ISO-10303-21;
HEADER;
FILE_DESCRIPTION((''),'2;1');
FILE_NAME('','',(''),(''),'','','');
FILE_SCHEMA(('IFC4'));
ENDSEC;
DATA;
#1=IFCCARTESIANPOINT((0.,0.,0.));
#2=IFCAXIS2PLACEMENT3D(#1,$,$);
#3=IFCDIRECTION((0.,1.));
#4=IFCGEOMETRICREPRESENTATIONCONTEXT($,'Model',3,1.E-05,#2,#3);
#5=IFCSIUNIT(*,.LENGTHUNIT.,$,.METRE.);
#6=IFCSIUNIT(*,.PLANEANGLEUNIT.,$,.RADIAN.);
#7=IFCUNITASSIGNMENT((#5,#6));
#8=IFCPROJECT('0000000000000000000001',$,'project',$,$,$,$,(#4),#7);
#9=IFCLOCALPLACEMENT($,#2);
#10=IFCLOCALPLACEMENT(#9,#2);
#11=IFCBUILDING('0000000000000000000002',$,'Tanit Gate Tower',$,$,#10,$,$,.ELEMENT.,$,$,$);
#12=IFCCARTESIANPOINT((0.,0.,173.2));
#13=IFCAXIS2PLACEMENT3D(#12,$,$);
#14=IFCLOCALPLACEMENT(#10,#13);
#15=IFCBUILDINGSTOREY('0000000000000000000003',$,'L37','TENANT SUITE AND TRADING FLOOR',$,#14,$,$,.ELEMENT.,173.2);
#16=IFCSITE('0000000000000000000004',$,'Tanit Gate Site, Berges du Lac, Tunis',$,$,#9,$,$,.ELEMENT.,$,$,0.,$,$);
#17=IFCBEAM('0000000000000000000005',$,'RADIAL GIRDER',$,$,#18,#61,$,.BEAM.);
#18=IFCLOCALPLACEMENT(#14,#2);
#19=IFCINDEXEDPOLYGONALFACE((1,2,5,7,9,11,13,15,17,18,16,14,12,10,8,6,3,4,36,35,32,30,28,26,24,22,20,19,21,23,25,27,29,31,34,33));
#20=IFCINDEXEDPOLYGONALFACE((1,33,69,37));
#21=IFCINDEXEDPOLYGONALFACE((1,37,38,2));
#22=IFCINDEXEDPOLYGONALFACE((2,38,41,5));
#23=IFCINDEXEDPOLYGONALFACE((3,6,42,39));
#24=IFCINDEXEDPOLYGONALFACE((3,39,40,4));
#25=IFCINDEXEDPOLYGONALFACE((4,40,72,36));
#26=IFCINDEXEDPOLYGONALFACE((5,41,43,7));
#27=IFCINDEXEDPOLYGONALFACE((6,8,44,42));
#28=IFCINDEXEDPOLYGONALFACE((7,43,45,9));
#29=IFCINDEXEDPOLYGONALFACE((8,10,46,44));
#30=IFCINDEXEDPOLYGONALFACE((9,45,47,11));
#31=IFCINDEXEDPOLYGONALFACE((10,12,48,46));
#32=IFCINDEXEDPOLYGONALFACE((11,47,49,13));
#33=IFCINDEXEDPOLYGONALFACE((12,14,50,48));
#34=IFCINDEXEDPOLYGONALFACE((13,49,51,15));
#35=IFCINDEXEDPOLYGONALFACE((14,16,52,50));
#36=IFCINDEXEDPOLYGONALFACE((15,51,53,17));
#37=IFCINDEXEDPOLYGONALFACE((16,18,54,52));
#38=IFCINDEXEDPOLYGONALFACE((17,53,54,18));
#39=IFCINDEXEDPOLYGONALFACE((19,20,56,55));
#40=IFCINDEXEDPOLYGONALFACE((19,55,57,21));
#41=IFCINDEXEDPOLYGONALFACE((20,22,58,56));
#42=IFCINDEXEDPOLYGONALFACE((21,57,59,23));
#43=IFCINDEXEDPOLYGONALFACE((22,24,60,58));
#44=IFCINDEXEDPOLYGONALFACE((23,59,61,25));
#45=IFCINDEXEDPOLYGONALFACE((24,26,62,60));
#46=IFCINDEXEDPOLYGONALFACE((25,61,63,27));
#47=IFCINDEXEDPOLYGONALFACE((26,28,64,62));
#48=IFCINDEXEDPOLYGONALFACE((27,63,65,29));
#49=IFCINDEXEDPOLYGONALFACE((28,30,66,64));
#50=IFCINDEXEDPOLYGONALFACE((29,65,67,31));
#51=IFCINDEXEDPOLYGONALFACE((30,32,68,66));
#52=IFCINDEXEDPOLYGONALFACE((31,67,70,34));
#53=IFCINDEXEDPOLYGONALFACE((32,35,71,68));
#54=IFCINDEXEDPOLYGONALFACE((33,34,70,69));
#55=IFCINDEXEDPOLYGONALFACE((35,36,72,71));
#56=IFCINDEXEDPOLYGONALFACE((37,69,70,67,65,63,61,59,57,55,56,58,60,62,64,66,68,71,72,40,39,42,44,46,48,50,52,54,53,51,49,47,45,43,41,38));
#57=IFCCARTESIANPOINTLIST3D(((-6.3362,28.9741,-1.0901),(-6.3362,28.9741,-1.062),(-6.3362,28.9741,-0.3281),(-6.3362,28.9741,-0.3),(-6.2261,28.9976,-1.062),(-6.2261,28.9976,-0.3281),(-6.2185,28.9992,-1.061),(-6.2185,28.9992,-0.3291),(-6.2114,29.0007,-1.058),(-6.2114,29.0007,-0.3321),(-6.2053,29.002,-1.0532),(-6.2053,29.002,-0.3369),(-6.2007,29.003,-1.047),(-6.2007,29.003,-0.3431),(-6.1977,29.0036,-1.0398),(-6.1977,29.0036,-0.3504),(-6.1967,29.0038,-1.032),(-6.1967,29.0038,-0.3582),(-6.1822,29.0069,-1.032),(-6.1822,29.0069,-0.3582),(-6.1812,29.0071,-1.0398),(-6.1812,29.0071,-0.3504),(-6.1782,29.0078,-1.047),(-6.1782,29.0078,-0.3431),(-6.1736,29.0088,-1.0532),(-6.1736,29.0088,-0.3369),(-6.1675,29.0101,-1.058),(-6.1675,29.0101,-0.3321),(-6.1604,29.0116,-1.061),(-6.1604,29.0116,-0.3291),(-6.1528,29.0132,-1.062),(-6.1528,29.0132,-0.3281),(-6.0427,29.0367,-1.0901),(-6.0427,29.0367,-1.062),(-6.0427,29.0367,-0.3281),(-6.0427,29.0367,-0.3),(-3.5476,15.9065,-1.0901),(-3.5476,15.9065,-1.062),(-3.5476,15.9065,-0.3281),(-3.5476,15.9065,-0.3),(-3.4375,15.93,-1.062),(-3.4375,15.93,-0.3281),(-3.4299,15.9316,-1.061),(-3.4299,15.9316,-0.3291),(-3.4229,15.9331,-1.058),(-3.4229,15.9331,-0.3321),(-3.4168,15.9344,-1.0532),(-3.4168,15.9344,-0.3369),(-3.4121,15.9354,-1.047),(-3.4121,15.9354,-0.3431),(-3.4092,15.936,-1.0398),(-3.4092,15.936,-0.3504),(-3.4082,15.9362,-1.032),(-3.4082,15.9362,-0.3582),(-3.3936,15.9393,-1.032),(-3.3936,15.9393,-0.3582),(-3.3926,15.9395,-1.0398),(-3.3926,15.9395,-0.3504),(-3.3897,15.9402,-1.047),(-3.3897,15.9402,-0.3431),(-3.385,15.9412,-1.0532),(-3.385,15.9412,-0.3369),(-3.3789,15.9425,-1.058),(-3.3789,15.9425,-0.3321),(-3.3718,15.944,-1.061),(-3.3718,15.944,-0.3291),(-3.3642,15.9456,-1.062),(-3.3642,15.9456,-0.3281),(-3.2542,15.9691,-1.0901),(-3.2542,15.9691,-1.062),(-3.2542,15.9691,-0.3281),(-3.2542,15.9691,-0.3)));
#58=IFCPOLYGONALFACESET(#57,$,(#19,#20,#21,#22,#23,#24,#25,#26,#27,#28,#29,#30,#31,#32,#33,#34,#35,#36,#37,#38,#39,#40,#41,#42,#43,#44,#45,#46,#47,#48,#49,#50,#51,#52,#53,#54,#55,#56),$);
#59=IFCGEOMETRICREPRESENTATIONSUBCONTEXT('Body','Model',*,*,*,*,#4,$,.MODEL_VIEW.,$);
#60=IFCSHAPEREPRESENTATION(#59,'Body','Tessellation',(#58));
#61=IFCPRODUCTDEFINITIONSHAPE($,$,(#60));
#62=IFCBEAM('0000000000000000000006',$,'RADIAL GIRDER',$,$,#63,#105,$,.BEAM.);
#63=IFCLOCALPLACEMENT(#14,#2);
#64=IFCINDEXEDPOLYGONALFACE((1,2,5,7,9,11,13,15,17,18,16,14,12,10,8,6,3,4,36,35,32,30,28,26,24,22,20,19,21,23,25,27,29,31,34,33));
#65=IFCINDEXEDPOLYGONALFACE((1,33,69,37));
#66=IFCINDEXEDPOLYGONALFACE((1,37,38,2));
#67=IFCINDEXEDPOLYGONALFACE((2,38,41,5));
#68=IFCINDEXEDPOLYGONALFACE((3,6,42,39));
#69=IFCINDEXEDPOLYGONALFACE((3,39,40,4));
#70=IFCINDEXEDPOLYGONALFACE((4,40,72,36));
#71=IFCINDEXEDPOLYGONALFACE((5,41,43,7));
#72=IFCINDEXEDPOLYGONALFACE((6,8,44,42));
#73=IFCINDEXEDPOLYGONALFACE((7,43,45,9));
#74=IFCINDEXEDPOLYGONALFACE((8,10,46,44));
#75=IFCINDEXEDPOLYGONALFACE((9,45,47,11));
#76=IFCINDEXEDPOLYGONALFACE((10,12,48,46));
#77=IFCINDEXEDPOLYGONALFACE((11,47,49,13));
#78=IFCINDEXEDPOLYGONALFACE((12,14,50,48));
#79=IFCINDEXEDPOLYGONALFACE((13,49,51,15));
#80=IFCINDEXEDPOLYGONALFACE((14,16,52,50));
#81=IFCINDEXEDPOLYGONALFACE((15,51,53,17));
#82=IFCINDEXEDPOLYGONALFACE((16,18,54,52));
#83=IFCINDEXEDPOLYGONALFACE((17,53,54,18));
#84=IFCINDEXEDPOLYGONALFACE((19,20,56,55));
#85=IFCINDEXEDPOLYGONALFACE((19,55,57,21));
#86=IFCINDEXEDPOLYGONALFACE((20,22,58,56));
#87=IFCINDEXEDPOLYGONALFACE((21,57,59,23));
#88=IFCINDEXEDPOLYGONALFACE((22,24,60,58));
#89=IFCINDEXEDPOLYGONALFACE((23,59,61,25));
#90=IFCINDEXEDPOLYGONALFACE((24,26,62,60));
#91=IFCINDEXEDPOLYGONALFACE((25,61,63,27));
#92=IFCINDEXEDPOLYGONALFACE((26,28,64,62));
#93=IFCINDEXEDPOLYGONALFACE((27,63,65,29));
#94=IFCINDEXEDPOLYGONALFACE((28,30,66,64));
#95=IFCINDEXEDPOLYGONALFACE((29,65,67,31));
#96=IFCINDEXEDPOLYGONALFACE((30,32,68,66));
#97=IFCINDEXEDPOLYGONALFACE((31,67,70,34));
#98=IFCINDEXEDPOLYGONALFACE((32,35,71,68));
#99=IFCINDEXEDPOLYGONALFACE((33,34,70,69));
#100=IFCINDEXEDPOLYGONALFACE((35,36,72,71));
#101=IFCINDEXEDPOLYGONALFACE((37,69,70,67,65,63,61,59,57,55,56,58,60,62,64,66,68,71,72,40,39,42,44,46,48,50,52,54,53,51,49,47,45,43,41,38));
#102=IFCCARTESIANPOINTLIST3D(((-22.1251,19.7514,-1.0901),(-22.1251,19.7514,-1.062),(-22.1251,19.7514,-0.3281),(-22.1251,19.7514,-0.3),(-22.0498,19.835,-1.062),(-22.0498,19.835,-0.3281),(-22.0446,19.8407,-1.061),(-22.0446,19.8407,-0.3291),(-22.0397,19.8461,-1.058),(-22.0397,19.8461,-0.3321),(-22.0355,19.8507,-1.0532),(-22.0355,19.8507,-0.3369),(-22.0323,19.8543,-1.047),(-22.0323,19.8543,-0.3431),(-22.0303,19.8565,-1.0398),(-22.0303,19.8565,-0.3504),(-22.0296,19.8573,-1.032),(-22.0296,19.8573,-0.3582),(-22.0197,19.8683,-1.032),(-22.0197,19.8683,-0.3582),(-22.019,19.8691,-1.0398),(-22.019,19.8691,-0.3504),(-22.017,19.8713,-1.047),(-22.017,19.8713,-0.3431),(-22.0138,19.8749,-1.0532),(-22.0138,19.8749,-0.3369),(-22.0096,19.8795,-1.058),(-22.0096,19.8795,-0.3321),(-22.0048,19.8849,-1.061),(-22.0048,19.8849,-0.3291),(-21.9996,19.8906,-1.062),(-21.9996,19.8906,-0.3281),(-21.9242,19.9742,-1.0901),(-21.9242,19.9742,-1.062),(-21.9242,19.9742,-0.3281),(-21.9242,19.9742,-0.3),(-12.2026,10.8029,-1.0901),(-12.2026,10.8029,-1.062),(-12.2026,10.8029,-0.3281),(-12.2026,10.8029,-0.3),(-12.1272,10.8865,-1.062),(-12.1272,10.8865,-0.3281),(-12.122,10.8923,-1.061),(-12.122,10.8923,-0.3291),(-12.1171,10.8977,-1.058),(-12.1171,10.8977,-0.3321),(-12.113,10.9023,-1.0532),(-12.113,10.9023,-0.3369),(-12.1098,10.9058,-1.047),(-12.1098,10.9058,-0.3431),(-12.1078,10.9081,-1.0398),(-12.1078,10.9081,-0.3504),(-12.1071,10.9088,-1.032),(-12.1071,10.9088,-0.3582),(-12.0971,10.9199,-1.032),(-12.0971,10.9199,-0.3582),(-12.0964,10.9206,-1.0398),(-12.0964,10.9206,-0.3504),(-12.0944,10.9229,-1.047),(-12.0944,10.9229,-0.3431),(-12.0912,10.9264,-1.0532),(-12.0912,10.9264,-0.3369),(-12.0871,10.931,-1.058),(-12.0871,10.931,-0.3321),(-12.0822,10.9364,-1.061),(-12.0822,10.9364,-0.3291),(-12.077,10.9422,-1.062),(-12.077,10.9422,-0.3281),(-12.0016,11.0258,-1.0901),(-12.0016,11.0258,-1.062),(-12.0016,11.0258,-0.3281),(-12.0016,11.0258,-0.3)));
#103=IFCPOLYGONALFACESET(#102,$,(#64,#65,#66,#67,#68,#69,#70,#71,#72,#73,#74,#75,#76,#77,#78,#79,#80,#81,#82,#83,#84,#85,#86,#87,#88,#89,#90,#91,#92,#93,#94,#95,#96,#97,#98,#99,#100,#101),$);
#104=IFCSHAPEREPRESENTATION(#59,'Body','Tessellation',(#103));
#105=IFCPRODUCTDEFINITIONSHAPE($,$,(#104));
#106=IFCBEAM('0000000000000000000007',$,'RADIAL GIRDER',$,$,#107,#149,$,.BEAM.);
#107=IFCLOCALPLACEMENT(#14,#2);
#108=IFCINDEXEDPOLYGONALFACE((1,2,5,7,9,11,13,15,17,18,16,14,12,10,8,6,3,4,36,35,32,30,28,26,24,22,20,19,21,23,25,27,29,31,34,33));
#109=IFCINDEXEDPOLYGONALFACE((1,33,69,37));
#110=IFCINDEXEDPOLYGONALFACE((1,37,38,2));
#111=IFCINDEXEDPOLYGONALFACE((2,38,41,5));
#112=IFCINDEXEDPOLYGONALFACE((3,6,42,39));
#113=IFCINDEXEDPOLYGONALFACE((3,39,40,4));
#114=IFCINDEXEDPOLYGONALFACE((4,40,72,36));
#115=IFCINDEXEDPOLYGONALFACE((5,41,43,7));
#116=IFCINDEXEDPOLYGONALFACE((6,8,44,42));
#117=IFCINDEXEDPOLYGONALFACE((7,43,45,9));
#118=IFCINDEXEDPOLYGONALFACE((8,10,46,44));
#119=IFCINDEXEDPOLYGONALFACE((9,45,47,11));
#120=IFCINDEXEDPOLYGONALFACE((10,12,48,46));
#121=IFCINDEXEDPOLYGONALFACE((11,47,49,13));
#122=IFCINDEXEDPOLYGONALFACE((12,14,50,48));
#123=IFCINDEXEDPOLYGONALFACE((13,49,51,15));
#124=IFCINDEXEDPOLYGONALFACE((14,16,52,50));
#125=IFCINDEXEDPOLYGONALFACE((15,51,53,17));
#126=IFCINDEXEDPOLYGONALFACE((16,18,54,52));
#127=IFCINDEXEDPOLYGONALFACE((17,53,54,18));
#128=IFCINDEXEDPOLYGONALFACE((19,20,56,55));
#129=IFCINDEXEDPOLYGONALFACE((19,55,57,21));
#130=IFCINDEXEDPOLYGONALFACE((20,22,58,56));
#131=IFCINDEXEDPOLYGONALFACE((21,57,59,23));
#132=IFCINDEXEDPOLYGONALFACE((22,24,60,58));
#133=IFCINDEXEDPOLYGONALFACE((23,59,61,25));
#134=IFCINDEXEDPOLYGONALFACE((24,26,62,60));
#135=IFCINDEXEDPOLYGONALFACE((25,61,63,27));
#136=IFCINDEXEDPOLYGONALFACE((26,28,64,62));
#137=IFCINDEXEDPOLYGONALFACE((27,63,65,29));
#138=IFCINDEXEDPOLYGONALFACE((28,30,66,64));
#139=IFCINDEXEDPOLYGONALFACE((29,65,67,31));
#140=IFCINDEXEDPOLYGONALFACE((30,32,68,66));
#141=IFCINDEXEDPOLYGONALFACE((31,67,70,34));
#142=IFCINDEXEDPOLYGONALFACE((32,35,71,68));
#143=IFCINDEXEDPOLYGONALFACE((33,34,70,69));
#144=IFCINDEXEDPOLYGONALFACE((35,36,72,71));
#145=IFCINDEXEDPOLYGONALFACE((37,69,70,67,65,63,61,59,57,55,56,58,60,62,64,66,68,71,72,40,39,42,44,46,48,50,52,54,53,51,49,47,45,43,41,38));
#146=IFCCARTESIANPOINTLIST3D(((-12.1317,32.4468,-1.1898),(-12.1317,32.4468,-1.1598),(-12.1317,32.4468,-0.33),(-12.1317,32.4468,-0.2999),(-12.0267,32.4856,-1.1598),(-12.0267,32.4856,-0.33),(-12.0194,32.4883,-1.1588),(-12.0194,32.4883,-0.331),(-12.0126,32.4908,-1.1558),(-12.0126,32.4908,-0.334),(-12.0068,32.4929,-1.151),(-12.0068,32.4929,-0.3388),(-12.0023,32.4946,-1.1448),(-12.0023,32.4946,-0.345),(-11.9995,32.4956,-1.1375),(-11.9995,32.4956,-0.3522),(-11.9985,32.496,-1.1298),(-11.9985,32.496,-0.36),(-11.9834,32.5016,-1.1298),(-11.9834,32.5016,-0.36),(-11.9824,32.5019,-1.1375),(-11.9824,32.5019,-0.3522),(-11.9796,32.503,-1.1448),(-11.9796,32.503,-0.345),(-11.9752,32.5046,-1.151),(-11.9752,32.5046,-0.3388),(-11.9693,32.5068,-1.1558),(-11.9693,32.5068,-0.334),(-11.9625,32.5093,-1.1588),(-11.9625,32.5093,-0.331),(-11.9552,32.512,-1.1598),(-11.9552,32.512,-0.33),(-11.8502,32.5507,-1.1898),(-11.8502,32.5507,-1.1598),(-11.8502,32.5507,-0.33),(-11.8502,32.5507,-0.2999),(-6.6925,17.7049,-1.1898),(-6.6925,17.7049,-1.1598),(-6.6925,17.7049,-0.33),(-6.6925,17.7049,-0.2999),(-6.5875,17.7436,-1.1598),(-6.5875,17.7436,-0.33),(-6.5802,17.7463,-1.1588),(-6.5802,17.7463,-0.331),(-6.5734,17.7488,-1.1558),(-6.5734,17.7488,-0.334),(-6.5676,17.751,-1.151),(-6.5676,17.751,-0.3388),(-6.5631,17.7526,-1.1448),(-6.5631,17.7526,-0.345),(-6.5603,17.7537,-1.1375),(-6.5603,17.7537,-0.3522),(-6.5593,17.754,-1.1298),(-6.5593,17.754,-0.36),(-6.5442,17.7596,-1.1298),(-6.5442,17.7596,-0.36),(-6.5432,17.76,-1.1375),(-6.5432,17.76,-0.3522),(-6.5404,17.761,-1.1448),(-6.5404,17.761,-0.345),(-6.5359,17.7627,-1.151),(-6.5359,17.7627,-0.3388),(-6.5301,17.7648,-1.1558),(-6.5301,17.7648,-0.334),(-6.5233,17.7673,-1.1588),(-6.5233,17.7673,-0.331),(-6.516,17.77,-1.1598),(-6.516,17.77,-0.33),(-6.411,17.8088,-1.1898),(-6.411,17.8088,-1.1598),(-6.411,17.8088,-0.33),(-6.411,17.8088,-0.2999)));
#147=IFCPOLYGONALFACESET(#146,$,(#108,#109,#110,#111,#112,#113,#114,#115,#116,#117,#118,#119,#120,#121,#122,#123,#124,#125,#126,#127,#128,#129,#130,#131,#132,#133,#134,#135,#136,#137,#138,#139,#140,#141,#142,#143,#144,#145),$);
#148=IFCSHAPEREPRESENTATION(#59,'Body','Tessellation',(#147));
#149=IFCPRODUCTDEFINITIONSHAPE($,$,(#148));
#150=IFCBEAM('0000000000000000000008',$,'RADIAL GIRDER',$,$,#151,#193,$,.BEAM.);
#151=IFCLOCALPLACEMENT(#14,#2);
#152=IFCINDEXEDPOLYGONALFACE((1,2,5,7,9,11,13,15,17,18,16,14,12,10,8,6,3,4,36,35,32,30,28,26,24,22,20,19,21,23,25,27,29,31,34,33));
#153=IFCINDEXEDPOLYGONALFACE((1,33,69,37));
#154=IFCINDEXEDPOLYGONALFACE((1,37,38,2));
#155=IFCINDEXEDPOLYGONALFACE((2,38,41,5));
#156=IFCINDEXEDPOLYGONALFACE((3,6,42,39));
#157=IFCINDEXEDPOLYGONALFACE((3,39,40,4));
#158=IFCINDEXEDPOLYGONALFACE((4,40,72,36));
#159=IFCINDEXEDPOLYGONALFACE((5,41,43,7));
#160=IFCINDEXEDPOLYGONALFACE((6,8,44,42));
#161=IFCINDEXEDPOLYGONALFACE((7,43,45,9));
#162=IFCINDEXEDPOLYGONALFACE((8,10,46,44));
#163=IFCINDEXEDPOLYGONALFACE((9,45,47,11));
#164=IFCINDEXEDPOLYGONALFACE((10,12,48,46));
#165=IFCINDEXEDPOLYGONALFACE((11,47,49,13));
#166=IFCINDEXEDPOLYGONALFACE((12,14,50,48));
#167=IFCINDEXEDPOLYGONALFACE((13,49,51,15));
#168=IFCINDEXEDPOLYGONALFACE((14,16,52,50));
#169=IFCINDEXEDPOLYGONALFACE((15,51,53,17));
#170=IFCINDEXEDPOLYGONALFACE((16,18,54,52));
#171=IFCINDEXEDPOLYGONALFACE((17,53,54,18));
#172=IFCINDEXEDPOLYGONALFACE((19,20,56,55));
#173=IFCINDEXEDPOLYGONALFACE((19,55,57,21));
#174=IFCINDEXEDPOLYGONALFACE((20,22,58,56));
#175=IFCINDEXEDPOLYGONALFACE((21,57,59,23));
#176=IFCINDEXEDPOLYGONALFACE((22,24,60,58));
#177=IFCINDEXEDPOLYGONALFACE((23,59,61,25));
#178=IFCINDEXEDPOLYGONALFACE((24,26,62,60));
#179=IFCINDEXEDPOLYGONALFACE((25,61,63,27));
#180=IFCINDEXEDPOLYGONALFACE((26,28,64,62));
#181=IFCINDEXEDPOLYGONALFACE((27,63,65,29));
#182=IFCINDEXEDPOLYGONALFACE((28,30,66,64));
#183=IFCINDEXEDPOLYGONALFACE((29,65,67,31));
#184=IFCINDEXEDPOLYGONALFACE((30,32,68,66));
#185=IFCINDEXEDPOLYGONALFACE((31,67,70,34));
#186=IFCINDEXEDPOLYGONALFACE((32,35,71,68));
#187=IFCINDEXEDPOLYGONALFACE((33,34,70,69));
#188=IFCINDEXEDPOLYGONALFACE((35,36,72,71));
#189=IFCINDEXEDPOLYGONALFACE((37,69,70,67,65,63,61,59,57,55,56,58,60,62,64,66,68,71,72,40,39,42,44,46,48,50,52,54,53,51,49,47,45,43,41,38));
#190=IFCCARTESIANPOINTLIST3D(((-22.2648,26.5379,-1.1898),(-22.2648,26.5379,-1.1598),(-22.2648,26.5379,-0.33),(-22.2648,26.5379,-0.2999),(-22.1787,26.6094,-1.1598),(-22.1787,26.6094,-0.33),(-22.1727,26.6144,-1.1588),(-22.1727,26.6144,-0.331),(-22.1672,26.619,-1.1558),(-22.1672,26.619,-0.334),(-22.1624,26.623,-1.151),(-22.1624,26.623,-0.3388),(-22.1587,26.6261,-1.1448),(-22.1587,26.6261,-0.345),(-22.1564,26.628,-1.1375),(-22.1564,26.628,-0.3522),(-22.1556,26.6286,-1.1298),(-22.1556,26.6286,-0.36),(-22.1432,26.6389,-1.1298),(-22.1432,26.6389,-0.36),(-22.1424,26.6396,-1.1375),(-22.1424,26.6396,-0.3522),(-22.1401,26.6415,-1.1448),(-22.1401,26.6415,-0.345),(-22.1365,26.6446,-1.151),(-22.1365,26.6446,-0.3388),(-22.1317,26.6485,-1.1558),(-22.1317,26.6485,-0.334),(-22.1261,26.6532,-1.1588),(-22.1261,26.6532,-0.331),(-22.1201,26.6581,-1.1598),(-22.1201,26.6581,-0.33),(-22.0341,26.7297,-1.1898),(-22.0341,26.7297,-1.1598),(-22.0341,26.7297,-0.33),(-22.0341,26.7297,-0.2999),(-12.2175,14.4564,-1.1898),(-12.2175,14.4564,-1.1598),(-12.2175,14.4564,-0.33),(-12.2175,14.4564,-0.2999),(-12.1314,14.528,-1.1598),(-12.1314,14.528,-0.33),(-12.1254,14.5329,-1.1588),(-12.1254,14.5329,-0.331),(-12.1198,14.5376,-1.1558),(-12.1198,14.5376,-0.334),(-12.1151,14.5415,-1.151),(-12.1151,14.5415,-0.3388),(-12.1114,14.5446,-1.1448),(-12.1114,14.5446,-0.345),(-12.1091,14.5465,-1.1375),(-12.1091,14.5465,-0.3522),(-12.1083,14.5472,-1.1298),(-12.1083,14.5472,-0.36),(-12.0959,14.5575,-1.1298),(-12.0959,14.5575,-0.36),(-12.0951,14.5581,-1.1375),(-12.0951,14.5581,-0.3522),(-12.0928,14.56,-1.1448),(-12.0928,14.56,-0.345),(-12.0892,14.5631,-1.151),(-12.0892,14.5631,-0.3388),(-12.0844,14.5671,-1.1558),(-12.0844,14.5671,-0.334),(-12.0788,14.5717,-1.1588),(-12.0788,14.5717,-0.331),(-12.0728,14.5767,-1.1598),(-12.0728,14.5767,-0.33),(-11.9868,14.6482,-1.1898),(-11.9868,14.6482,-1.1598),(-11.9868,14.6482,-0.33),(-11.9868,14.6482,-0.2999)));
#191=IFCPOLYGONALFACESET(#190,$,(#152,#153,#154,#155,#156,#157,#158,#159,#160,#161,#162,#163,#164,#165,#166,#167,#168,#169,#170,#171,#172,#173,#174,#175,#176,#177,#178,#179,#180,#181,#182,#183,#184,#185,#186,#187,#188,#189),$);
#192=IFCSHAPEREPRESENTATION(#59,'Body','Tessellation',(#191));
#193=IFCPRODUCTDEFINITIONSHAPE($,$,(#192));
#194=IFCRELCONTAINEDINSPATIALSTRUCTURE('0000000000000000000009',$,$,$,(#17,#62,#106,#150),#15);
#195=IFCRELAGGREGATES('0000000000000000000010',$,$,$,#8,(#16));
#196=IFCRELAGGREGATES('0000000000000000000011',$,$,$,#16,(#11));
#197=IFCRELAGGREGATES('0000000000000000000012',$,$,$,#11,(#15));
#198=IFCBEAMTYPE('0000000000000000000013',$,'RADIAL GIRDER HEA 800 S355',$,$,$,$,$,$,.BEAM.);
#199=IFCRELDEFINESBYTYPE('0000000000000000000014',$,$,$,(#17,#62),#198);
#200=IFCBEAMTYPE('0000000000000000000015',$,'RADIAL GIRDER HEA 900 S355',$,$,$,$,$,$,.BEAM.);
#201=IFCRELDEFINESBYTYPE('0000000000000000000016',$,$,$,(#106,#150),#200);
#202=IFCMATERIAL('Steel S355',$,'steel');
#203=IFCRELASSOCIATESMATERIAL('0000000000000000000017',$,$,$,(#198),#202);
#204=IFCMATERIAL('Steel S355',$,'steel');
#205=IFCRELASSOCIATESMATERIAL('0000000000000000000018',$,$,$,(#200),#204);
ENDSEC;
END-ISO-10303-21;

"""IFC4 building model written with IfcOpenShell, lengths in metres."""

from ifc_helpers import new_model, si_unit, direction, frame, origin, origin_2d, place, context, subcontext, project, spatial, i_section, extrude, material, material_profile, profile_set, type_object, element, save


model = new_model("IFC4")

# Units and contexts
model_context = context("Model", 3, precision=1e-05, world=origin(), true_north=direction((0.0, 1.0)))
body_context = subcontext(model_context, "Body", "Model", "MODEL_VIEW")
ifc_project = project(units=[si_unit("LENGTHUNIT", "METRE"), si_unit("PLANEANGLEUNIT", "RADIAN")], contexts=[model_context])

# Site, building, storey
site_placement = place(None, origin())
site = spatial("IfcSite", under=ifc_project, at=site_placement, Name="Tanit Gate Site, Berges du Lac, Tunis", CompositionType="ELEMENT", RefElevation=0.0)
building_placement = place(site_placement, origin())
building = spatial("IfcBuilding", under=site, at=building_placement, Name="Tanit Gate Tower", CompositionType="ELEMENT")
storey_placement = place(building_placement, frame((0.0, 0.0, 173.2)))
storey = spatial("IfcBuildingStorey", under=building, at=storey_placement, Name="L37", Description="TENANT SUITE AND TRADING FLOOR", CompositionType="ELEMENT", Elevation=173.2)

# Beams
ifc_material_1 = material(Name="Steel S355", Category="steel")
ifc_material_profile_1 = material_profile(ifc_material_1, i_section(OverallWidth=0.3, OverallDepth=0.79, WebThickness=0.0149, FlangeThickness=0.0281, FilletRadius=0.03, at=origin_2d()), Name="HEA 800")
ifc_profile_set_1 = profile_set([ifc_material_profile_1], Name="Steel S355")
beam_type_1 = type_object("IfcBeamType", Name="RADIAL GIRDER HEA 800 S355", PredefinedType="BEAM", material=ifc_profile_set_1)
beam_1_placement = place(storey_placement, frame((-6.1895, 29.0054, -0.6951), z_axis=(0.208697, -0.97798, 0.0), x_axis=(0.97798, 0.208697, 0.0)))
element("IfcBeam", 1, at=beam_1_placement, inside=storey, type_object=beam_type_1, Name="RADIAL GIRDER", PredefinedType="BEAM", context=body_context, shape_type="SweptSolid", body=[
    extrude(i_section(OverallWidth=0.3, OverallDepth=0.79, WebThickness=0.0149, FlangeThickness=0.0281, FilletRadius=0.03, at=origin_2d()), origin(), (0.0, 0.0, 1.0), 13.3618),
])
beam_2_placement = place(storey_placement, frame((-22.0247, 19.8628, -0.6951), z_axis=(0.742619, -0.669714, 0.0), x_axis=(0.669714, 0.742619, 0.0)))
element("IfcBeam", 2, at=beam_2_placement, inside=storey, type_object=beam_type_1, Name="RADIAL GIRDER", PredefinedType="BEAM", context=body_context, shape_type="SweptSolid", body=[
    extrude(i_section(OverallWidth=0.3, OverallDepth=0.79, WebThickness=0.0149, FlangeThickness=0.0281, FilletRadius=0.03, at=origin_2d()), origin(), (0.0, 0.0, 1.0), 13.3616),
])
ifc_material_2 = material(Name="Steel S355", Category="steel")
ifc_material_profile_2 = material_profile(ifc_material_2, i_section(OverallWidth=0.3, OverallDepth=0.8899, WebThickness=0.0161, FlangeThickness=0.03, FilletRadius=0.03, at=origin_2d()), Name="HEA 900")
ifc_profile_set_2 = profile_set([ifc_material_profile_2], Name="Steel S355")
beam_type_2 = type_object("IfcBeamType", Name="RADIAL GIRDER HEA 900 S355", PredefinedType="BEAM", material=ifc_profile_set_2)
for number, where, z_axis, x_axis, name in (
    (3, (-11.991, 32.4988, -0.7449), (0.346152, -0.938179, 0.0), (0.938179, 0.346152, 0.0), "RADIAL GIRDER"),
    (4, (-22.1494, 26.6338, -0.7449), (0.639411, -0.768865, 0.0), (0.768865, 0.639411, 0.0), "RADIAL GIRDER"),
):
    element("IfcBeam", number, at=place(storey_placement, frame(where, z_axis=z_axis, x_axis=x_axis)), inside=storey, type_object=beam_type_2, Name=name, PredefinedType="BEAM", context=body_context, shape_type="SweptSolid", body=[
        extrude(i_section(OverallWidth=0.3, OverallDepth=0.8899, WebThickness=0.0161, FlangeThickness=0.03, FilletRadius=0.03, at=origin_2d()), origin(), (0.0, 0.0, 1.0), 15.7134),
    ])

save(model, "model.ifc")
